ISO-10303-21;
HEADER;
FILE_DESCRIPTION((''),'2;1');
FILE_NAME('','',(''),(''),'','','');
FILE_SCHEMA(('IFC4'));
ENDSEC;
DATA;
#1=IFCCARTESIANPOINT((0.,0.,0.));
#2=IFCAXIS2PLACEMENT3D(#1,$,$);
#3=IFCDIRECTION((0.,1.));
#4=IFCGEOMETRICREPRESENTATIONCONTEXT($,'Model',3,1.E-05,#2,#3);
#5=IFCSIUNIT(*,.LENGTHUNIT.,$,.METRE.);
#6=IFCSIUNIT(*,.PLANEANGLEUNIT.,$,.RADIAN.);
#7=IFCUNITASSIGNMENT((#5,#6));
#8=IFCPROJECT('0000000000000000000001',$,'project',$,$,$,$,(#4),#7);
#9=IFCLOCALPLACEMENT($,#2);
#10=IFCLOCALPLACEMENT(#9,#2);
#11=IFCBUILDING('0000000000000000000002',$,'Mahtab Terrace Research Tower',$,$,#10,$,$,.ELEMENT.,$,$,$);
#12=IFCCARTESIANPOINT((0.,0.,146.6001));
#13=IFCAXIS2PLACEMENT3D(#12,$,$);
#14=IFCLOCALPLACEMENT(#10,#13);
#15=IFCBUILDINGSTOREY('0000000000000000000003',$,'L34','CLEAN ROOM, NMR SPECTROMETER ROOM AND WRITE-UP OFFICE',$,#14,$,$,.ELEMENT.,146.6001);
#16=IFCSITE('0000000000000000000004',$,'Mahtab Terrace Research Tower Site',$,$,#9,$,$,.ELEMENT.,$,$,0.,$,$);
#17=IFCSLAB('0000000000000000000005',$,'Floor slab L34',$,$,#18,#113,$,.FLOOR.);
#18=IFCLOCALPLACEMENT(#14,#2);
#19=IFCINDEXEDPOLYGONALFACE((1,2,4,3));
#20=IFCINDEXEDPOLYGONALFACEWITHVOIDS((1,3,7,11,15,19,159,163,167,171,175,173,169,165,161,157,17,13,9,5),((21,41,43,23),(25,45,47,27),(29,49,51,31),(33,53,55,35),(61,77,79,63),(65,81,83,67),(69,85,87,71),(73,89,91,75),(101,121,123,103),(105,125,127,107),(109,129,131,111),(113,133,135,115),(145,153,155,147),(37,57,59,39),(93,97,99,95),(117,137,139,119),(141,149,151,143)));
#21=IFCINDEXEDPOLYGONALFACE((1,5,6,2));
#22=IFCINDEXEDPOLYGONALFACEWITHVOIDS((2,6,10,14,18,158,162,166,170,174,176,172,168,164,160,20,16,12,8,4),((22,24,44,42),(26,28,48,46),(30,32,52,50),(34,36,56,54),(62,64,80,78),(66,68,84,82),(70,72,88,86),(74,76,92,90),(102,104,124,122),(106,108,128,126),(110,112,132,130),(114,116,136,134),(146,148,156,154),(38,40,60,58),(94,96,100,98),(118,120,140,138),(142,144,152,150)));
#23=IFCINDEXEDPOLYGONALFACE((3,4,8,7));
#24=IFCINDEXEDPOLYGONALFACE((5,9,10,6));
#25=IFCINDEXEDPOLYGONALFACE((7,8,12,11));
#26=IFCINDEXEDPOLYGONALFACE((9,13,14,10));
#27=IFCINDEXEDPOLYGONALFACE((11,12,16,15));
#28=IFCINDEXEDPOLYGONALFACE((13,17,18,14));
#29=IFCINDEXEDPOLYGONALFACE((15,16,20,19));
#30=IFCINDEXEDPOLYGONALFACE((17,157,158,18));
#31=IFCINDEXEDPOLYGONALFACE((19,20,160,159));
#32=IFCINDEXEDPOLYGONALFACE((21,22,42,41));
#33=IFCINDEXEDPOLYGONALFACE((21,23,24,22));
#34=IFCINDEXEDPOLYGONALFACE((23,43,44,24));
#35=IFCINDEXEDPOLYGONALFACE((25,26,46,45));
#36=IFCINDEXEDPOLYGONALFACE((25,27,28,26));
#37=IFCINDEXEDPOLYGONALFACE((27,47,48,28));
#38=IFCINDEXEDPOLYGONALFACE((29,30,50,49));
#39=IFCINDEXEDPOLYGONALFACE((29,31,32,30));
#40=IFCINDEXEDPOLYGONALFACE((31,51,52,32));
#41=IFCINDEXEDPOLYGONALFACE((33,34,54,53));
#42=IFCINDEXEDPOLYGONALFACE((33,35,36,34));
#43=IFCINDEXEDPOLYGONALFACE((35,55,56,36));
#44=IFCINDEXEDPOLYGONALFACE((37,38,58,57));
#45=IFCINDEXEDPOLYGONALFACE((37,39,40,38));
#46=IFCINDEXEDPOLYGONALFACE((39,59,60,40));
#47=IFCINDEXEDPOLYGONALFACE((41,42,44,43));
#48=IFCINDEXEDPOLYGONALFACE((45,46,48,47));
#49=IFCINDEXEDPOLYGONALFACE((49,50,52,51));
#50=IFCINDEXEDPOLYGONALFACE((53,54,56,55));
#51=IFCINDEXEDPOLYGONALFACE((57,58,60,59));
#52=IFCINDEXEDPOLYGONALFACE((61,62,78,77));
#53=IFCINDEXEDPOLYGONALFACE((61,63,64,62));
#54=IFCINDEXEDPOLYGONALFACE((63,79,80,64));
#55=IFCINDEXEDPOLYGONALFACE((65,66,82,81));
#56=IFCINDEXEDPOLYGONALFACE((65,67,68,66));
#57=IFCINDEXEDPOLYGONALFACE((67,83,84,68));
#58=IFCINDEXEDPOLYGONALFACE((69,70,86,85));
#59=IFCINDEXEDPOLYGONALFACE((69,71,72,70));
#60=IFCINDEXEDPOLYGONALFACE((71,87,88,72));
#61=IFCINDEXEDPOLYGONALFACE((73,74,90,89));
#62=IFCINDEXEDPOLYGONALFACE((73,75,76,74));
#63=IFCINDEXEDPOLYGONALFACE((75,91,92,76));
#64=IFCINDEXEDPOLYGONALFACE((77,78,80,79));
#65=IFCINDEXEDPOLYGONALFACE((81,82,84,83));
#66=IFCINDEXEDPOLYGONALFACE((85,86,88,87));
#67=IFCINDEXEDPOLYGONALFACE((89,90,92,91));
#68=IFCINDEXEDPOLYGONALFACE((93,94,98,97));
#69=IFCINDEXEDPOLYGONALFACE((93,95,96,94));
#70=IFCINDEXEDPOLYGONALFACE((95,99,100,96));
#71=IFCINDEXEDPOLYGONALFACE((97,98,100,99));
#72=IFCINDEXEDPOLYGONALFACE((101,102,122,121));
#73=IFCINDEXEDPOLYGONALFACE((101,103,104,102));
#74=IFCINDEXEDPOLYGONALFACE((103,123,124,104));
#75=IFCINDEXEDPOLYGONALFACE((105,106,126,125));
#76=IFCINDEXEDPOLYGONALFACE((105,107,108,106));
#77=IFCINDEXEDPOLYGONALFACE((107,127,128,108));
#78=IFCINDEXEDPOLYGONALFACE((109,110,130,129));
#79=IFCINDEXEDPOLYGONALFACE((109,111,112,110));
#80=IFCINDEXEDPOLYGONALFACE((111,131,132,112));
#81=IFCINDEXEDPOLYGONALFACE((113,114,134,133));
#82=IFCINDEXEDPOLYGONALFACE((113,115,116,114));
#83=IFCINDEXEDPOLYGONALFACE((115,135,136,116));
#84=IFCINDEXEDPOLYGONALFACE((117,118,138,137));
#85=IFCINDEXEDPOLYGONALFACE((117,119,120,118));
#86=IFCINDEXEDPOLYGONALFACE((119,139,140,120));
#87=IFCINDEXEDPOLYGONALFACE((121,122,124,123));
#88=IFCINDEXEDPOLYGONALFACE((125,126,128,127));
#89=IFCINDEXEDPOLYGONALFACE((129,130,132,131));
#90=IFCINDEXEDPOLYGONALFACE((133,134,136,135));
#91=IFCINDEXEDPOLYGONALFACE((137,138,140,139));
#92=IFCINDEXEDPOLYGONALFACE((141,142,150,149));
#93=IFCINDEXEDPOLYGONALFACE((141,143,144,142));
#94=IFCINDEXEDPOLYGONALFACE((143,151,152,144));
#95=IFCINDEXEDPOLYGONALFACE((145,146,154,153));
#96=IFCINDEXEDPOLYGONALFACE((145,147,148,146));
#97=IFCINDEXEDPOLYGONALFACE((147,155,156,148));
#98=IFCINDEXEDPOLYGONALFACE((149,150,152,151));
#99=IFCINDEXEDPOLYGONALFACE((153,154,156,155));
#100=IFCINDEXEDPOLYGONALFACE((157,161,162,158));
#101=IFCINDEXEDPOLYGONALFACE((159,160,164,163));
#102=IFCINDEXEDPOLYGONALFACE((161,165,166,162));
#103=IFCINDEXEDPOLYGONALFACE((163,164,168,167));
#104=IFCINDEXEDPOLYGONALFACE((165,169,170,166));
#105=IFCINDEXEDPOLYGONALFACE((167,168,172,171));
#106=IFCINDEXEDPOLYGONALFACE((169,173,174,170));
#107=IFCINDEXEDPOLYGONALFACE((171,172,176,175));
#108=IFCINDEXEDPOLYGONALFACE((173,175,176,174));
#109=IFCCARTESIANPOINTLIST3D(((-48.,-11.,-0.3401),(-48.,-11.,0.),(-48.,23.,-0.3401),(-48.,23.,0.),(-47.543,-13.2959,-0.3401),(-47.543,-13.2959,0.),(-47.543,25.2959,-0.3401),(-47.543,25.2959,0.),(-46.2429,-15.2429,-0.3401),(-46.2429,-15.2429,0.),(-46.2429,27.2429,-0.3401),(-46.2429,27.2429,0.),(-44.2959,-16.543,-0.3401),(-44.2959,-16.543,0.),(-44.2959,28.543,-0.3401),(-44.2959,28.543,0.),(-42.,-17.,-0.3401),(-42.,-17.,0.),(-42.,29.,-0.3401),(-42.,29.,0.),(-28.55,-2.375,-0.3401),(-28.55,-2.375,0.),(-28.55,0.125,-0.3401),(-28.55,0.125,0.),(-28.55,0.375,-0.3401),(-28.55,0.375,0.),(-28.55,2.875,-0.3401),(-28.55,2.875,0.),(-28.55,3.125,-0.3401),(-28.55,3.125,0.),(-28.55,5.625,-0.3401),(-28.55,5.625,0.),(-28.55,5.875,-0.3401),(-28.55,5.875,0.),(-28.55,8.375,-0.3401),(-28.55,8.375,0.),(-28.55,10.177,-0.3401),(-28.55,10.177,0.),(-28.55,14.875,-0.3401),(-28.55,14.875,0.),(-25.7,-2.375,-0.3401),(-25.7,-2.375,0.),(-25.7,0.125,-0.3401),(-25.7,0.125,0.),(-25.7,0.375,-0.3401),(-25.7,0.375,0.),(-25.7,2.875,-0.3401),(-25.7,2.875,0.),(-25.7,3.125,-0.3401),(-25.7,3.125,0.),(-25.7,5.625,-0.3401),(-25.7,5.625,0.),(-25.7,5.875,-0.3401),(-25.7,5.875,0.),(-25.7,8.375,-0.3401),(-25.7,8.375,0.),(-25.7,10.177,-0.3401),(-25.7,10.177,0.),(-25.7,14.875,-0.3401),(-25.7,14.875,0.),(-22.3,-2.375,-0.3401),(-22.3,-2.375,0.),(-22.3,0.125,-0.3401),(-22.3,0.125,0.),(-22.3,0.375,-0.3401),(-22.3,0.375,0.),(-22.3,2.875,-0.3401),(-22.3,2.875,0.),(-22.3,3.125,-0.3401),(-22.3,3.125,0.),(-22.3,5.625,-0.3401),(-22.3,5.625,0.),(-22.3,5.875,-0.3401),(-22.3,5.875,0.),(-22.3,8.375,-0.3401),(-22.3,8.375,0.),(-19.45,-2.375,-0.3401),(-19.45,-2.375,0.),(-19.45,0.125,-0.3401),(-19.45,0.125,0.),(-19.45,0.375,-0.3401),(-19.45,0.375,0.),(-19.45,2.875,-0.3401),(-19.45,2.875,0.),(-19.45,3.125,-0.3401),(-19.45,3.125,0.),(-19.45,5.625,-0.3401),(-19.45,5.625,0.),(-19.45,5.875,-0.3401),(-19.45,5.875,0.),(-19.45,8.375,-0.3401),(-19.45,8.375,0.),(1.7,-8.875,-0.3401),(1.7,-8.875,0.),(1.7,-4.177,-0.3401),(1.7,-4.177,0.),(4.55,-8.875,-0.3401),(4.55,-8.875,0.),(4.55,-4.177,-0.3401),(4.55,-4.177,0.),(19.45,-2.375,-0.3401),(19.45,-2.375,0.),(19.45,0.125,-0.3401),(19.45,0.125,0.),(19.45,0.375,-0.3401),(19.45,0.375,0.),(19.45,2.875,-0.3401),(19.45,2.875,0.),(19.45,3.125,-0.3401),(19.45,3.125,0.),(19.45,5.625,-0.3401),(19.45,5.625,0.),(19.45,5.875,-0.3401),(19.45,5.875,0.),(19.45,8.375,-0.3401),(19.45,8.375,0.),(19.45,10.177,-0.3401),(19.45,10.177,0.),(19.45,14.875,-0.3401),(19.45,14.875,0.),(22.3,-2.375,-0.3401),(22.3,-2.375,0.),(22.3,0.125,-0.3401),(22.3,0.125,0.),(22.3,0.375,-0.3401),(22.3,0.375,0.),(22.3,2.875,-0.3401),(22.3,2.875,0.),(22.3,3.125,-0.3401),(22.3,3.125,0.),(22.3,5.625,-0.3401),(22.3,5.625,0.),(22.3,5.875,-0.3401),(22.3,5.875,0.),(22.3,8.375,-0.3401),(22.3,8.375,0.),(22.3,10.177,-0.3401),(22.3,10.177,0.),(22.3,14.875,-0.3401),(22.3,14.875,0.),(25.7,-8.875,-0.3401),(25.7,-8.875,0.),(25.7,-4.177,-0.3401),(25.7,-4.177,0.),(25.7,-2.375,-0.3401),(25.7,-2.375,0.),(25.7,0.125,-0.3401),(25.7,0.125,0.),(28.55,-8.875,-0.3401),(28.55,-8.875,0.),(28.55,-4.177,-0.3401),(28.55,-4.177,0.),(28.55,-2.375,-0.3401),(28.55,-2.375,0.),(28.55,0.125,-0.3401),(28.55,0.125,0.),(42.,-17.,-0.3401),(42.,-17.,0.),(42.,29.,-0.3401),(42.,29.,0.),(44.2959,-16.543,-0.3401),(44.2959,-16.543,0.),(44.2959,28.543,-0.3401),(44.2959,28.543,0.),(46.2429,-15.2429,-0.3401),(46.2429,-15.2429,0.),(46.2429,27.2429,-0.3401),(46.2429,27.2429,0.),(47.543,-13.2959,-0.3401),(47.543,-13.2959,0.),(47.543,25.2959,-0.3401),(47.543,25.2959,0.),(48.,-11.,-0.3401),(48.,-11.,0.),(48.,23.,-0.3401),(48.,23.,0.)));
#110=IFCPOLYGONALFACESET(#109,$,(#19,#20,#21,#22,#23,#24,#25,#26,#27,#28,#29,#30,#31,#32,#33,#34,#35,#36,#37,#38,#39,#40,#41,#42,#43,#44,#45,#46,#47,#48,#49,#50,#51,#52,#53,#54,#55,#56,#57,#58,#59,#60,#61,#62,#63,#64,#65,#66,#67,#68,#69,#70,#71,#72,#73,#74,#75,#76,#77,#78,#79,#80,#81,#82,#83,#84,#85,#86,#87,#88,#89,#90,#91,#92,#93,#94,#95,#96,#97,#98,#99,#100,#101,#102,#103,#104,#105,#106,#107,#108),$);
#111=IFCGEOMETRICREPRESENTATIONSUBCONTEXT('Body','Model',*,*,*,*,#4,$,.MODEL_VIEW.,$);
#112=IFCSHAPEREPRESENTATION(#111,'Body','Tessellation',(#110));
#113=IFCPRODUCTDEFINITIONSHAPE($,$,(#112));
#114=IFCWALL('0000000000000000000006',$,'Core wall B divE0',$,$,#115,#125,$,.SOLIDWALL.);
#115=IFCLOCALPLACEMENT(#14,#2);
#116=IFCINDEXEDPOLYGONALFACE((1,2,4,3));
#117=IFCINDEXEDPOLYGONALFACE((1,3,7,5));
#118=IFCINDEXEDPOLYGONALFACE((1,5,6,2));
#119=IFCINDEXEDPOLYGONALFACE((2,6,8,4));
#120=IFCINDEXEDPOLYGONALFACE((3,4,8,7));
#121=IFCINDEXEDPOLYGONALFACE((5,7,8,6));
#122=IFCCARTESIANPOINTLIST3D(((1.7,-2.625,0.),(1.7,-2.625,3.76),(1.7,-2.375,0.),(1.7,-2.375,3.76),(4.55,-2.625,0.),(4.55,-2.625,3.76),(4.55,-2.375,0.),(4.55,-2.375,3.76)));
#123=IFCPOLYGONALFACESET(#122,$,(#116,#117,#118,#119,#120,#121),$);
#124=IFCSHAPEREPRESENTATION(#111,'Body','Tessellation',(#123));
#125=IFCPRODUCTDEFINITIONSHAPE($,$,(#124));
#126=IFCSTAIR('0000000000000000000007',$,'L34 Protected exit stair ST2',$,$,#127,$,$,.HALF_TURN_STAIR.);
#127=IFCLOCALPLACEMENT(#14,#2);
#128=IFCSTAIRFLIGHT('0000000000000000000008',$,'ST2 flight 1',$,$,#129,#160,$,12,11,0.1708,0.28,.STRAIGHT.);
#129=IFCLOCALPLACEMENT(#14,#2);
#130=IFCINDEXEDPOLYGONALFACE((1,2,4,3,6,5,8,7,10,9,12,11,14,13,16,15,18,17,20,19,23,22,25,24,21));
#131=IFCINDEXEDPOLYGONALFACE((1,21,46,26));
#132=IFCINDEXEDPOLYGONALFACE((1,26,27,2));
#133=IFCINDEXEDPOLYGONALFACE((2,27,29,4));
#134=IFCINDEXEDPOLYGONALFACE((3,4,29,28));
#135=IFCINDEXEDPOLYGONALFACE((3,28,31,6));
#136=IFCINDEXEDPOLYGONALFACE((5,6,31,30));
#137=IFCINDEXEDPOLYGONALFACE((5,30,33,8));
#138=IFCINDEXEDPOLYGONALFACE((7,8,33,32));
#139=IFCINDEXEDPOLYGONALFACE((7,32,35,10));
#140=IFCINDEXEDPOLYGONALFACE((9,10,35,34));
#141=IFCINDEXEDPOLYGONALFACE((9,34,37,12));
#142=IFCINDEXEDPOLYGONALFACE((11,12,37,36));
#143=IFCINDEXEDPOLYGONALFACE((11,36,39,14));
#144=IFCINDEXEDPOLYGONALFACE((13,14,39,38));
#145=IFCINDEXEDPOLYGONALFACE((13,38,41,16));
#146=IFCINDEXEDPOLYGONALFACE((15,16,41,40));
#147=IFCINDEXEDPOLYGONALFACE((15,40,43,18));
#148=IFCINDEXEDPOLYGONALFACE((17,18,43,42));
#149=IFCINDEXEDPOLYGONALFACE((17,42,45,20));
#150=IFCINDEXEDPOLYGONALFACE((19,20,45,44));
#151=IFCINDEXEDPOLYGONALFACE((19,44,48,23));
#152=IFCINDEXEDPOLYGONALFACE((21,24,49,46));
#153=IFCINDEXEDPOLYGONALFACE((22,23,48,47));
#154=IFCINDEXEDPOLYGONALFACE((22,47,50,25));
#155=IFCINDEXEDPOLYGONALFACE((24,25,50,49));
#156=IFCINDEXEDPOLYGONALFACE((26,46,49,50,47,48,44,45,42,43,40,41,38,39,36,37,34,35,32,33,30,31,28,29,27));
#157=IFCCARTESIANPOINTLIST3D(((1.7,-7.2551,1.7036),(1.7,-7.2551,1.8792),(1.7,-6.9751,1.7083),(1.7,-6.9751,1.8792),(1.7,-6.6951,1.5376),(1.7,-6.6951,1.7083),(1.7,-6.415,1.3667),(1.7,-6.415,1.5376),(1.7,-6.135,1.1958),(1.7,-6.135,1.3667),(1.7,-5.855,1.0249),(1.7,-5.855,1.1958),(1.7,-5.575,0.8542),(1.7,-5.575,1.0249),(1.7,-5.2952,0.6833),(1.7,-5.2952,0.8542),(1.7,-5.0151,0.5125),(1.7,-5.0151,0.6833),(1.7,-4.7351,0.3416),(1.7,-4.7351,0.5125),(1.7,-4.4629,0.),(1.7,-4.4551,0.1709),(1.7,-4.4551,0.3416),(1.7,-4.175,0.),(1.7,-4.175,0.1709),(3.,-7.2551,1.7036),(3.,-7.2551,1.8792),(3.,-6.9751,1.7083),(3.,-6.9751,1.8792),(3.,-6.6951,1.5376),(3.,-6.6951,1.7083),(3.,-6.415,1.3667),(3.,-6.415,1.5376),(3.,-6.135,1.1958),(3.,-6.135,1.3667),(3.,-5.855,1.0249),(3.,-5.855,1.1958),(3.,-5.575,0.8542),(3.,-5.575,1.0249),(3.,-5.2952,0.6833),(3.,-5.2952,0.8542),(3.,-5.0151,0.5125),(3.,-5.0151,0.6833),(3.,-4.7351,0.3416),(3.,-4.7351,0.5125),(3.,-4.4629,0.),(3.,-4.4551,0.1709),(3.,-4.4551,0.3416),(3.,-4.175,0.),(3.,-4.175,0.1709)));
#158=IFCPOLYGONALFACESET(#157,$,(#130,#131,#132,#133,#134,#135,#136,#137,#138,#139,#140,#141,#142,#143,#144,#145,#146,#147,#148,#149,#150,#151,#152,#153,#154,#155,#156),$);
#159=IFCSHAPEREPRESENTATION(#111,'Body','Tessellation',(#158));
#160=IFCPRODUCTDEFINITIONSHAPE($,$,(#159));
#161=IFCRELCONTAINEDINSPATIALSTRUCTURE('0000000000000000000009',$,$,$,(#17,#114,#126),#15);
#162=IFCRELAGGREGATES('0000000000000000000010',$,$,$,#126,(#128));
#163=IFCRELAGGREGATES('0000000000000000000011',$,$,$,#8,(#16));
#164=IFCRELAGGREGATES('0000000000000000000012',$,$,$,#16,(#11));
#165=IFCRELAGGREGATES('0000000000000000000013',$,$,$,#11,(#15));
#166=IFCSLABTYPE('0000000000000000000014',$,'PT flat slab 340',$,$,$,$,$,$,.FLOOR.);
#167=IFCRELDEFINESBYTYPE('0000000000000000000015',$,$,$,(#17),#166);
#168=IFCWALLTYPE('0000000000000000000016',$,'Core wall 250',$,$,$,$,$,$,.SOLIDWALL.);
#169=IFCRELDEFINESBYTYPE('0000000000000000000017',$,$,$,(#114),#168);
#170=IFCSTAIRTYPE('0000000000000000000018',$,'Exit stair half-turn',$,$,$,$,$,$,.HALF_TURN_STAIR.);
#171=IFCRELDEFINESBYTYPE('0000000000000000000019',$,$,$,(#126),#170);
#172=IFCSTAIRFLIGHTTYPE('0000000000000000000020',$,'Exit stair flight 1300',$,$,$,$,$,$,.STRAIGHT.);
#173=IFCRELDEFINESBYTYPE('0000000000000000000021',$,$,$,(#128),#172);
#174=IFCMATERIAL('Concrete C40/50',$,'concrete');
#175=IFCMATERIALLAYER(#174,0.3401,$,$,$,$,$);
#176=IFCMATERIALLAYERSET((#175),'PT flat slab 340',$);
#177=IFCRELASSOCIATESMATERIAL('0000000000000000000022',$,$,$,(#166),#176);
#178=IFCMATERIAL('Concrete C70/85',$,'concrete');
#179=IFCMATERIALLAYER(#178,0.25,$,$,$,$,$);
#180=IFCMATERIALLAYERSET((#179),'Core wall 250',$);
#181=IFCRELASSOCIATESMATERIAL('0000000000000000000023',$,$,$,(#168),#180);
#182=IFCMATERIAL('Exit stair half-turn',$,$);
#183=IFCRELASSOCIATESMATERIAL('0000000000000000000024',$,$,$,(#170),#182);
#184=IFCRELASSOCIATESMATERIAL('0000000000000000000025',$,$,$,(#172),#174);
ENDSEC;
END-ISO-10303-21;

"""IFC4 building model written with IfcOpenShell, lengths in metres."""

from ifc_helpers import new_model, si_unit, direction, frame, frame_2d, origin, place, context, subcontext, project, spatial, polyline, rectangle, outline, extrude, material, layer, layer_set, type_object, element, aggregate, save


model = new_model("IFC4")

# Units and contexts
model_context = context("Model", 3, precision=1e-05, world=origin(), true_north=direction((0.0, 1.0)))
body_context = subcontext(model_context, "Body", "Model", "MODEL_VIEW")
ifc_project = project(units=[si_unit("LENGTHUNIT", "METRE"), si_unit("PLANEANGLEUNIT", "RADIAN")], contexts=[model_context])

# Site, building, storey
site_placement = place(None, origin())
site = spatial("IfcSite", under=ifc_project, at=site_placement, Name="Mahtab Terrace Research Tower Site", CompositionType="ELEMENT", RefElevation=0.0)
building_placement = place(site_placement, origin())
building = spatial("IfcBuilding", under=site, at=building_placement, Name="Mahtab Terrace Research Tower", CompositionType="ELEMENT")
storey_placement = place(building_placement, frame((0.0, 0.0, 146.6001)))
storey = spatial("IfcBuildingStorey", under=building, at=storey_placement, Name="L34", Description="CLEAN ROOM, NMR SPECTROMETER ROOM AND WRITE-UP OFFICE", CompositionType="ELEMENT", Elevation=146.6001)

# Slab
ifc_material_1 = material(Name="Concrete C40/50", Category="concrete")
ifc_layer_1 = layer(ifc_material_1, 0.3401)
ifc_layer_set_1 = layer_set([ifc_layer_1], Name="PT flat slab 340")
slab_type = type_object("IfcSlabType", Name="PT flat slab 340", PredefinedType="FLOOR", material=ifc_layer_set_1)
slab_placement = place(storey_placement, frame((0.0, 0.0, -0.3401)))
element("IfcSlab", 1, at=slab_placement, inside=storey, type_object=slab_type, Name="Floor slab L34", PredefinedType="FLOOR", context=body_context, shape_type="SweptSolid", body=[
    extrude(outline(polyline([(47.543, 25.2959), (46.2429, 27.2429), (44.2959, 28.543), (42.0, 29.0), (-42.0, 29.0), (-44.2959, 28.543), (-46.2429, 27.2429), (-47.543, 25.2959), (-48.0, 23.0), (-48.0, -11.0), (-47.543, -13.2959), (-46.2429, -15.2429), (-44.2959, -16.543), (-42.0, -17.0), (42.0, -17.0), (44.2959, -16.543), (46.2429, -15.2429), (47.543, -13.2959), (48.0, -11.0), (48.0, 23.0), (47.543, 25.2959)]), holes=[polyline([(-28.55, -2.375), (-28.55, 0.125), (-25.7, 0.125), (-25.7, -2.375), (-28.55, -2.375)]), polyline([(-22.3, -2.375), (-22.3, 0.125), (-19.45, 0.125), (-19.45, -2.375), (-22.3, -2.375)]), polyline([(-28.55, 0.375), (-28.55, 2.875), (-25.7, 2.875), (-25.7, 0.375), (-28.55, 0.375)]), polyline([(-22.3, 0.375), (-22.3, 2.875), (-19.45, 2.875), (-19.45, 0.375), (-22.3, 0.375)]), polyline([(-28.55, 3.125), (-28.55, 5.625), (-25.7, 5.625), (-25.7, 3.125), (-28.55, 3.125)]), polyline([(-22.3, 3.125), (-22.3, 5.625), (-19.45, 5.625), (-19.45, 3.125), (-22.3, 3.125)]), polyline([(-28.55, 5.875), (-28.55, 8.375), (-25.7, 8.375), (-25.7, 5.875), (-28.55, 5.875)]), polyline([(-22.3, 5.875), (-22.3, 8.375), (-19.45, 8.375), (-19.45, 5.875), (-22.3, 5.875)]), polyline([(-28.55, 10.177), (-28.55, 14.875), (-25.7, 14.875), (-25.7, 10.177), (-28.55, 10.177)]), polyline([(1.7, -8.875), (1.7, -4.177), (4.55, -4.177), (4.55, -8.875), (1.7, -8.875)]), polyline([(25.7, -8.875), (25.7, -4.177), (28.55, -4.177), (28.55, -8.875), (25.7, -8.875)]), polyline([(19.45, -2.375), (19.45, 0.125), (22.3, 0.125), (22.3, -2.375), (19.45, -2.375)]), polyline([(25.7, -2.375), (25.7, 0.125), (28.55, 0.125), (28.55, -2.375), (25.7, -2.375)]), polyline([(19.45, 0.375), (19.45, 2.875), (22.3, 2.875), (22.3, 0.375), (19.45, 0.375)]), polyline([(19.45, 3.125), (19.45, 5.625), (22.3, 5.625), (22.3, 3.125), (19.45, 3.125)]), polyline([(19.45, 8.375), (22.3, 8.375), (22.3, 5.875), (19.45, 5.875), (19.45, 8.375)]), polyline([(19.45, 14.875), (22.3, 14.875), (22.3, 10.177), (19.45, 10.177), (19.45, 14.875)])]), origin(), (0.0, 0.0, 1.0), 0.3401),
])

# Wall
ifc_material_2 = material(Name="Concrete C70/85", Category="concrete")
ifc_layer_2 = layer(ifc_material_2, 0.25)
ifc_layer_set_2 = layer_set([ifc_layer_2], Name="Core wall 250")
wall_type = type_object("IfcWallType", Name="Core wall 250", PredefinedType="SOLIDWALL", material=ifc_layer_set_2)
wall_placement = place(storey_placement, frame((1.7, -2.5, 0.0), z_axis=(0.0, 0.0, 1.0), x_axis=(1.0, 0.0, 0.0)))
element("IfcWall", 2, at=wall_placement, inside=storey, type_object=wall_type, Name="Core wall B divE0", PredefinedType="SOLIDWALL", context=body_context, shape_type="SweptSolid", body=[
    extrude(rectangle(XDim=2.8501, YDim=0.25, at=frame_2d((1.425, 0.0))), origin(), (0.0, 0.0, 1.0), 3.76),
])

# Stair, stair flight
ifc_material_3 = material(Name="Exit stair half-turn")
stair_type = type_object("IfcStairType", Name="Exit stair half-turn", PredefinedType="HALF_TURN_STAIR", material=ifc_material_3)
stair_placement = place(storey_placement, origin())
stair = element("IfcStair", 3, at=stair_placement, inside=storey, type_object=stair_type, Name="L34 Protected exit stair ST2", PredefinedType="HALF_TURN_STAIR")
stair_flight_type = type_object("IfcStairFlightType", Name="Exit stair flight 1300", PredefinedType="STRAIGHT", material=ifc_material_1)
stair_flight_1_placement = place(storey_placement, frame((2.3501, -4.175, 0.0), z_axis=(0.0, 0.0, 1.0), x_axis=(0.0, -1.0, 0.0)))
stair_flight_1 = element("IfcStairFlight", 4, at=stair_flight_1_placement, type_object=stair_flight_type, Name="ST2 flight 1", NumberOfRisers=12, NumberOfTreads=11, PredefinedType="STRAIGHT", RiserHeight=0.1708, TreadLength=0.28, context=body_context, shape_type="SweptSolid", body=[
    extrude(outline(polyline([(0.0, 0.0), (0.0, 0.1709), (0.28, 0.1709), (0.28, 0.3416), (0.5601, 0.3416), (0.5601, 0.5125), (0.8401, 0.5125), (0.8401, 0.6833), (1.1201, 0.6833), (1.1201, 0.8542), (1.3999, 0.8542), (1.3999, 1.0249), (1.6799, 1.0249), (1.6799, 1.1958), (1.96, 1.1958), (1.96, 1.3667), (2.24, 1.3667), (2.24, 1.5376), (2.52, 1.5376), (2.52, 1.7083), (2.8, 1.7083), (2.8, 1.8792), (3.0801, 1.8792), (3.0801, 2.05), (3.0801, 1.7036), (0.2878, 0.0), (0.0, 0.0)])), frame((0.0, 0.6499, 0.0), z_axis=(0.0, -1.0, 0.0), x_axis=(1.0, 0.0, 0.0)), (0.0, 0.0, 1.0), 1.3),
])
aggregate(stair, [stair_flight_1])

save(model, "model.ifc")
